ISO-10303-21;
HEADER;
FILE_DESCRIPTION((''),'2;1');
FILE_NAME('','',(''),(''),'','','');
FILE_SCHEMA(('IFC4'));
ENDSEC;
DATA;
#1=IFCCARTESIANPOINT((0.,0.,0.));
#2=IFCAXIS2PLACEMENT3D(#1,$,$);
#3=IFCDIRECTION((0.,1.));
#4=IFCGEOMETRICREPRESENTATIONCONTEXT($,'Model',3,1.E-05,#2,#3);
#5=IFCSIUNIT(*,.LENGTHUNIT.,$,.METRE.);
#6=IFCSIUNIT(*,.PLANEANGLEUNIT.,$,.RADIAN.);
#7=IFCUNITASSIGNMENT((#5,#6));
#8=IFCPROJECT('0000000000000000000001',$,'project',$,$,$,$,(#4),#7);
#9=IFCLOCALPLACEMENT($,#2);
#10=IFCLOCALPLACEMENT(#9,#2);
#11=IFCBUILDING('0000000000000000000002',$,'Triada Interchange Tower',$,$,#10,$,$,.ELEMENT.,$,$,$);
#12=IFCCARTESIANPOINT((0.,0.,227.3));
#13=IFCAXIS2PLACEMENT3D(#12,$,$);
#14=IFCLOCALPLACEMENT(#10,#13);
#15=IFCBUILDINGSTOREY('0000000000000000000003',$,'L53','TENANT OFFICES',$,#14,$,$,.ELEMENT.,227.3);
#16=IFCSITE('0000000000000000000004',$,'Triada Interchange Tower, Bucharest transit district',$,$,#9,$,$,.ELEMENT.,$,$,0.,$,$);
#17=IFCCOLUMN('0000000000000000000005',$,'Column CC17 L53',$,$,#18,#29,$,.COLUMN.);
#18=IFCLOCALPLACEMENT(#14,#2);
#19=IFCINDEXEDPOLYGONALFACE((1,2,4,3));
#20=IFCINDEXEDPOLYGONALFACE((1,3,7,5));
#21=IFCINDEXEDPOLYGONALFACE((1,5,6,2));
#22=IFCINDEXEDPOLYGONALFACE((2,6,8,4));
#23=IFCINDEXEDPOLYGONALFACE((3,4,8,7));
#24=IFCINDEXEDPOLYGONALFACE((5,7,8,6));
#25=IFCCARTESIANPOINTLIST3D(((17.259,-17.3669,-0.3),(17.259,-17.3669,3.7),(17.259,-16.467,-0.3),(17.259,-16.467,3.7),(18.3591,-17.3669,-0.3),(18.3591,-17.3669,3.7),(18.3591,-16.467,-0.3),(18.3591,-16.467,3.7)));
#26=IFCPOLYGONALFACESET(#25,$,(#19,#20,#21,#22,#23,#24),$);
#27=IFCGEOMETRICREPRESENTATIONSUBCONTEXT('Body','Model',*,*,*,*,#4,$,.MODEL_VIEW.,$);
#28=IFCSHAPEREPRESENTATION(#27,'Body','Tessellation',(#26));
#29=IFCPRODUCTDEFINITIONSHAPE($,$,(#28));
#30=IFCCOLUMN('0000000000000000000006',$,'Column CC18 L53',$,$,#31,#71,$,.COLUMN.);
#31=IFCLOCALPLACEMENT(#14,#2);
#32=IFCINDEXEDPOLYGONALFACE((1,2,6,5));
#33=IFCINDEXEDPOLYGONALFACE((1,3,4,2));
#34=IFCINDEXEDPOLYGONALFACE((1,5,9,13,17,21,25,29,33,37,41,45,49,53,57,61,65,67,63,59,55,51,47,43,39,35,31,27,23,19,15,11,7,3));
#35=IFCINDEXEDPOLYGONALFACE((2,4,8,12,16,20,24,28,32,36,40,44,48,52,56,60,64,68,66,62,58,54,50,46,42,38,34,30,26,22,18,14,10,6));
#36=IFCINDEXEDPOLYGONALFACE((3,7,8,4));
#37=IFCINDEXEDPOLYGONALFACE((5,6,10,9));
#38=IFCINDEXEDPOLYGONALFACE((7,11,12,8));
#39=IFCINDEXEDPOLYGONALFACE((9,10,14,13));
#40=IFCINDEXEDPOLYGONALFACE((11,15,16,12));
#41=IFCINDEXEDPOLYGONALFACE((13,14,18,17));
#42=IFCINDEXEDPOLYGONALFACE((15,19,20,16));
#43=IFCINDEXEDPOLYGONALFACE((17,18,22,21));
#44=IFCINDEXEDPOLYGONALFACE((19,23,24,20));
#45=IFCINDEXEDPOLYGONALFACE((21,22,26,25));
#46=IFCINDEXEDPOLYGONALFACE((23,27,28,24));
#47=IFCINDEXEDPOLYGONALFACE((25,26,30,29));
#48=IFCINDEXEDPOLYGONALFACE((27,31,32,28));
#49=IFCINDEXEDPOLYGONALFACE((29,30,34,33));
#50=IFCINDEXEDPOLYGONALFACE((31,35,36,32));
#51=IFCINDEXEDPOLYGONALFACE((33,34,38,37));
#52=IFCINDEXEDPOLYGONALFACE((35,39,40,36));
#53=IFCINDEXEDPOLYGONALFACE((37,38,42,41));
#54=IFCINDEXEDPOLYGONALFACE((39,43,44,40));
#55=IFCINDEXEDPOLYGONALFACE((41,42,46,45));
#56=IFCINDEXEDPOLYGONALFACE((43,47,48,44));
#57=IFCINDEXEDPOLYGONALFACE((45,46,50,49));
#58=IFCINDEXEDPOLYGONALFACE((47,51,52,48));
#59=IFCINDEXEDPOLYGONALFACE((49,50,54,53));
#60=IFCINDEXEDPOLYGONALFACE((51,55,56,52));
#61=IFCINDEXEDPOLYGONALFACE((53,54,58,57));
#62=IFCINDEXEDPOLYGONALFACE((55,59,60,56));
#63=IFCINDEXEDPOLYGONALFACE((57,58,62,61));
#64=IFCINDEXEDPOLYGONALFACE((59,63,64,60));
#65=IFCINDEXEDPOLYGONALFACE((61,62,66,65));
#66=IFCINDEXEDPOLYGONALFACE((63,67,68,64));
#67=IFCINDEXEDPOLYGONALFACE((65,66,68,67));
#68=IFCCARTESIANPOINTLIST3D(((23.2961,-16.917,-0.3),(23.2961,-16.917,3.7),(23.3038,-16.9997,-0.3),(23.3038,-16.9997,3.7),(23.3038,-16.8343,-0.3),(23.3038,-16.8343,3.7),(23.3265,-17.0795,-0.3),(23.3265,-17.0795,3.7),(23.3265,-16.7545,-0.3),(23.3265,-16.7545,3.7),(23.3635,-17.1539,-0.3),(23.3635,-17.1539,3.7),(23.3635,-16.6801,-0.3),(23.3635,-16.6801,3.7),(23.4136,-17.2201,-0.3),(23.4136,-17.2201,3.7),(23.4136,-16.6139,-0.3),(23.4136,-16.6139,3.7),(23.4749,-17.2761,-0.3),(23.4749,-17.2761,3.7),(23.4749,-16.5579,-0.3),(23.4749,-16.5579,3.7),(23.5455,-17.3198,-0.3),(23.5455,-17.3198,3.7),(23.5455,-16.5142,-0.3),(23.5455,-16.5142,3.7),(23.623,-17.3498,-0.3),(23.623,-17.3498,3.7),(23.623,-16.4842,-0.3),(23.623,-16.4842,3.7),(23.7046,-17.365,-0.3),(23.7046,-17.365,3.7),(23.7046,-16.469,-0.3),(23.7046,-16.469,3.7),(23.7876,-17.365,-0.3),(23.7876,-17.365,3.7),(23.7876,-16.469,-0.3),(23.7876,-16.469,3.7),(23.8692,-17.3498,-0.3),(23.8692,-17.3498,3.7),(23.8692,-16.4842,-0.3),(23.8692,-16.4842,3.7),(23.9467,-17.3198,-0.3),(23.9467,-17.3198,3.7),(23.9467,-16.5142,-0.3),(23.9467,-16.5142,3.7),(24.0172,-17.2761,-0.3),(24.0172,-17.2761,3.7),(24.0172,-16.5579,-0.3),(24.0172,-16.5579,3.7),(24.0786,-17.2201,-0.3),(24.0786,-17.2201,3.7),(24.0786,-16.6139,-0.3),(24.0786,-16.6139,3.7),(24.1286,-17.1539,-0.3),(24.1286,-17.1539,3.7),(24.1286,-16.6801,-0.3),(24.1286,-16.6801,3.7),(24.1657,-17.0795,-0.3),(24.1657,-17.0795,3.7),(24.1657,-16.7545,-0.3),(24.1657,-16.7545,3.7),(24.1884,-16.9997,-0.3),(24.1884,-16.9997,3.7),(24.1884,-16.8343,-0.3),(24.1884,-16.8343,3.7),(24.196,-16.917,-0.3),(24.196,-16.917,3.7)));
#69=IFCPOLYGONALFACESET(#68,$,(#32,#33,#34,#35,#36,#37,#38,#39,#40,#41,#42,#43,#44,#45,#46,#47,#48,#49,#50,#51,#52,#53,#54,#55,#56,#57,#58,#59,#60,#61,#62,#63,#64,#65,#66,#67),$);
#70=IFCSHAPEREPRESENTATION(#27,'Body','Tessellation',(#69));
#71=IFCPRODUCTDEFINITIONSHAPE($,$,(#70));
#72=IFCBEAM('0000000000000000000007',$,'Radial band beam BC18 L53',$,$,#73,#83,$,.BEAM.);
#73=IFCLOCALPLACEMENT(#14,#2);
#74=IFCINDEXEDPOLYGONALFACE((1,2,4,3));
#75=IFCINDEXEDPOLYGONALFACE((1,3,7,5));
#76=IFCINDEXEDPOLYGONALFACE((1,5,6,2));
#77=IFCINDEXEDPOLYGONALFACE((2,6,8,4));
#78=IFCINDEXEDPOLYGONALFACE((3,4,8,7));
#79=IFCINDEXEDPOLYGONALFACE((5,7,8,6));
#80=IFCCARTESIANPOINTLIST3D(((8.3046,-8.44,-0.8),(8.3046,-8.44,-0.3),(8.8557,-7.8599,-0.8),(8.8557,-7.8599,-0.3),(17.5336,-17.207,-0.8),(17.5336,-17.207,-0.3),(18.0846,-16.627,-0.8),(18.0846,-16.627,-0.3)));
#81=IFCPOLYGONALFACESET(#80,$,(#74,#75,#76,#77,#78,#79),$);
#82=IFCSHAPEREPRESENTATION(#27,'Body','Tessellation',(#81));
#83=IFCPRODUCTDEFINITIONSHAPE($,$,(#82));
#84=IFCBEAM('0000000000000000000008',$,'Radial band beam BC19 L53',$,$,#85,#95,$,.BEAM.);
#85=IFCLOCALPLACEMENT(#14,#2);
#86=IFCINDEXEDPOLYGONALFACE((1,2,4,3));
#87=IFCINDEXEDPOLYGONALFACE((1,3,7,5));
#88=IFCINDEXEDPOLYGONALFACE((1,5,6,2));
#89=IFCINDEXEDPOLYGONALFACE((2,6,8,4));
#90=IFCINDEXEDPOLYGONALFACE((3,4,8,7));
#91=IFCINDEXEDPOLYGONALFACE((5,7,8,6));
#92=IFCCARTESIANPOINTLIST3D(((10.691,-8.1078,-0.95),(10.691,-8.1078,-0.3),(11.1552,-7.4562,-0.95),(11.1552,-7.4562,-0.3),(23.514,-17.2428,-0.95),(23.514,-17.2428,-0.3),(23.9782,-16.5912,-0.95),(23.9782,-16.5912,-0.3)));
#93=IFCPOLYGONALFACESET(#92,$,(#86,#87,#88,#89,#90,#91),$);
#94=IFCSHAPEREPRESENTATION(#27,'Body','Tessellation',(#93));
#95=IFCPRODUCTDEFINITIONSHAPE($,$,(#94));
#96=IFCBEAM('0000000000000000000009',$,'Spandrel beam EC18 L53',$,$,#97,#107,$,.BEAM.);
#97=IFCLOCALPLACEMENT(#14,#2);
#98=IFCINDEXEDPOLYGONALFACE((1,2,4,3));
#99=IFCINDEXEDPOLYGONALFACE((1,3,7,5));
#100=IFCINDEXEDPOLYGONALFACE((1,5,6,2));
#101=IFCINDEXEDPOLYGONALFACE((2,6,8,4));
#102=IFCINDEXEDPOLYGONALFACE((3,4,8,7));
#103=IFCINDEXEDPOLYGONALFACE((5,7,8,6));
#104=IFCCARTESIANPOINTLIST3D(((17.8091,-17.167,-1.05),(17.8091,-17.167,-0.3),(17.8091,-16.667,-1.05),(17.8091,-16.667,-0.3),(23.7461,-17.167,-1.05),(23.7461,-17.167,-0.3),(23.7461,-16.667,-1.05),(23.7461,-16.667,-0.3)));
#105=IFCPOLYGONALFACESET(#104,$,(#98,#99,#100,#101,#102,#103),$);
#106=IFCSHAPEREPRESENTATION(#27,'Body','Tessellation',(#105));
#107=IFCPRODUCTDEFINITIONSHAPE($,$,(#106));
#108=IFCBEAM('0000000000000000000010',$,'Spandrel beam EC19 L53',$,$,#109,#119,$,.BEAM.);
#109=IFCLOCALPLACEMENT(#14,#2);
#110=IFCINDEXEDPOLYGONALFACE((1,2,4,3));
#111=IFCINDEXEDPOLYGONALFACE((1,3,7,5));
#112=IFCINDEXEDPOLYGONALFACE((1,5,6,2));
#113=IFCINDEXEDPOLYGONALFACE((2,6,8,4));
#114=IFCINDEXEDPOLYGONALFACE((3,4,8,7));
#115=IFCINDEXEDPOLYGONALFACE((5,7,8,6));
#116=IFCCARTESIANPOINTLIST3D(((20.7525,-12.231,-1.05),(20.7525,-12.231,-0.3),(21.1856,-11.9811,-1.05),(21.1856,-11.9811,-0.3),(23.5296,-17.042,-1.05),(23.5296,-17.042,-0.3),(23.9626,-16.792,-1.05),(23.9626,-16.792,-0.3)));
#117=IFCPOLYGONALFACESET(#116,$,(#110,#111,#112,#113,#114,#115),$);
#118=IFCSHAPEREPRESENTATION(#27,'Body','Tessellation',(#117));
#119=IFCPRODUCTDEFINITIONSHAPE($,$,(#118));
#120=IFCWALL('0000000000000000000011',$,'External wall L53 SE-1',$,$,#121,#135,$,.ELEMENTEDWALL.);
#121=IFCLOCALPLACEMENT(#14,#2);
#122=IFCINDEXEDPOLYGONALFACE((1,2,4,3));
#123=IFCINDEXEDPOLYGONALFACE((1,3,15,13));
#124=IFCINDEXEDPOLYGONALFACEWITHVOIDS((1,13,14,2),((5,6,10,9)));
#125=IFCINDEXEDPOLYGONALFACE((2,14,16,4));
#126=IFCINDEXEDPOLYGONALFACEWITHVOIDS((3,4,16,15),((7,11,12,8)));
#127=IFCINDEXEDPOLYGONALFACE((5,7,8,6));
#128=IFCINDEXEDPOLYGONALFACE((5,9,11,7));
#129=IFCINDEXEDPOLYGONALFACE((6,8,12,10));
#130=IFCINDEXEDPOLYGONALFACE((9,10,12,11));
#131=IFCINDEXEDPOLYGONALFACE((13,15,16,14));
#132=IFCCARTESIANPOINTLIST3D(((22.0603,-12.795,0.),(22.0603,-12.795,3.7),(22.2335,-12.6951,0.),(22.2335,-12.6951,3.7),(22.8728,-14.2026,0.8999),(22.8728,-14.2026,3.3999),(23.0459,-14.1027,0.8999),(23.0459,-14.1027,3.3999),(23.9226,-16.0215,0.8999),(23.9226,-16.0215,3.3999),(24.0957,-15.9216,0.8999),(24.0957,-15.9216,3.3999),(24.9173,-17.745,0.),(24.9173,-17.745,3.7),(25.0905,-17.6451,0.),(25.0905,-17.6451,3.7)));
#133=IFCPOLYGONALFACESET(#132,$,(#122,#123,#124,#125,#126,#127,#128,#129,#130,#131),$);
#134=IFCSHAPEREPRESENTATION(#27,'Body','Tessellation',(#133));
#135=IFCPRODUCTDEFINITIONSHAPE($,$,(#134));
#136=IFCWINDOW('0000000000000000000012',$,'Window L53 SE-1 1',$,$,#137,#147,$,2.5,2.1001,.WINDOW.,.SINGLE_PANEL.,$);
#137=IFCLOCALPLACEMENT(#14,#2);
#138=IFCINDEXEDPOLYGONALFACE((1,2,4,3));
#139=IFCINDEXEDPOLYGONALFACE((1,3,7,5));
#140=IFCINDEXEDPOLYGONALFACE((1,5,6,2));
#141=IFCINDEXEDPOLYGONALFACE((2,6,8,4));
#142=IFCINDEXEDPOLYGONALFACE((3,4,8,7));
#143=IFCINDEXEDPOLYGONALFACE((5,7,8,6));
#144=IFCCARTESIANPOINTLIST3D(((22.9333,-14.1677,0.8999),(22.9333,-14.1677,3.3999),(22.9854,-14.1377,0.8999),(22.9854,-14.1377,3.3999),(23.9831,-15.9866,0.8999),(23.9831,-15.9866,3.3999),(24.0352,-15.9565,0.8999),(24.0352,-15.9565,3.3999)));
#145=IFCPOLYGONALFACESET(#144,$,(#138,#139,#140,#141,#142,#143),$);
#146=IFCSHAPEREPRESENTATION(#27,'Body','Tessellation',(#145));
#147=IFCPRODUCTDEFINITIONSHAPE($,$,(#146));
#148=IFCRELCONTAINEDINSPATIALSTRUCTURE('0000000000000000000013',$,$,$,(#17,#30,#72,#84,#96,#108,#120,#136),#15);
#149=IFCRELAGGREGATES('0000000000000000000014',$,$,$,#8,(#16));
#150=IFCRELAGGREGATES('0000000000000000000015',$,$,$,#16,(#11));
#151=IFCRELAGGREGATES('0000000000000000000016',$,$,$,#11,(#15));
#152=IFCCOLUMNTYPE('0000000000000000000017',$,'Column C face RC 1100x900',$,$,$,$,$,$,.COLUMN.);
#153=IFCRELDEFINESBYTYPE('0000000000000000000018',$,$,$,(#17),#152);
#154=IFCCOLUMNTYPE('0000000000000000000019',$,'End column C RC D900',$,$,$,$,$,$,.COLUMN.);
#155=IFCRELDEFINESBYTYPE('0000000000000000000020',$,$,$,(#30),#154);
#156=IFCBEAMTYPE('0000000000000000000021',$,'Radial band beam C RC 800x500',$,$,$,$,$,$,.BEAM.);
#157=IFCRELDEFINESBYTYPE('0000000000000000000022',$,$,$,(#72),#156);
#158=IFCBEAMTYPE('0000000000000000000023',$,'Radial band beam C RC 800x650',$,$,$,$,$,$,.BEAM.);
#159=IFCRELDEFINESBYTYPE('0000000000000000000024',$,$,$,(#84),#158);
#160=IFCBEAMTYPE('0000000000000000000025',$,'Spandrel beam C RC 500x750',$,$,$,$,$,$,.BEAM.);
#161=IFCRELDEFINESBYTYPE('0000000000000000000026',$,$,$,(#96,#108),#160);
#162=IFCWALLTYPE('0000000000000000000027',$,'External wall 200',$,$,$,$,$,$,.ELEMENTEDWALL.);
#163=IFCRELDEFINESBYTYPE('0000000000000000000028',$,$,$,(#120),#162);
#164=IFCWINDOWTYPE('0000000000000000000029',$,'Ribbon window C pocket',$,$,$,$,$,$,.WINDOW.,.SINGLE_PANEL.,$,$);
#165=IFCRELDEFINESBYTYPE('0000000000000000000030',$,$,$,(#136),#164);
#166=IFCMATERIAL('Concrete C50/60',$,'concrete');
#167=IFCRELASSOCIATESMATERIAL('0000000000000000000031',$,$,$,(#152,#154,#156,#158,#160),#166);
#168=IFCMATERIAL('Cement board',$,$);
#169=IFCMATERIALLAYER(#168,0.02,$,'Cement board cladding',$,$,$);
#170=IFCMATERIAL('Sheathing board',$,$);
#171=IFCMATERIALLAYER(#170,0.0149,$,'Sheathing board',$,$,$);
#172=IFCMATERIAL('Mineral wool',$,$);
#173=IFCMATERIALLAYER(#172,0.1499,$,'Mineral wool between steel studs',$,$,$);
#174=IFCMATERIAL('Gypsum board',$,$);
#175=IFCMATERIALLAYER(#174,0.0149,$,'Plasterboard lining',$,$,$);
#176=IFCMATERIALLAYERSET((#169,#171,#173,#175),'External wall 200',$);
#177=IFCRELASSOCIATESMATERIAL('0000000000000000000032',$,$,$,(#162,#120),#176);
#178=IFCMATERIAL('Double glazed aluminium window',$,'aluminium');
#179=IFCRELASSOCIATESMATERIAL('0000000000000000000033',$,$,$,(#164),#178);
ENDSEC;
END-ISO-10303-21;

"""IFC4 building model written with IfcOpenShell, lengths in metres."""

from ifc_helpers import new_model, si_unit, direction, frame, frame_2d, origin, origin_2d, place, context, subcontext, project, spatial, rectangle, circle, extrude, material, layer, layer_set, layer_usage, material_profile, profile_set, type_object, element, fill, save


model = new_model("IFC4")

# Units and contexts
model_context = context("Model", 3, precision=1e-05, world=origin(), true_north=direction((0.0, 1.0)))
body_context = subcontext(model_context, "Body", "Model", "MODEL_VIEW")
ifc_project = project(units=[si_unit("LENGTHUNIT", "METRE"), si_unit("PLANEANGLEUNIT", "RADIAN")], contexts=[model_context])

# Site, building, storey
site_placement = place(None, origin())
site = spatial("IfcSite", under=ifc_project, at=site_placement, Name="Triada Interchange Tower, Bucharest transit district", CompositionType="ELEMENT", RefElevation=0.0)
building_placement = place(site_placement, origin())
building = spatial("IfcBuilding", under=site, at=building_placement, Name="Triada Interchange Tower", CompositionType="ELEMENT")
storey_placement = place(building_placement, frame((0.0, 0.0, 227.3)))
storey = spatial("IfcBuildingStorey", under=building, at=storey_placement, Name="L53", Description="TENANT OFFICES", CompositionType="ELEMENT", Elevation=227.3)

# Columns
ifc_material_1 = material(Name="Concrete C50/60", Category="concrete")
ifc_material_profile_1 = material_profile(ifc_material_1, rectangle(XDim=1.1001, YDim=0.8999, at=origin_2d()), Name="RC 1100x900")
ifc_profile_set_1 = profile_set([ifc_material_profile_1], Name="Concrete C50/60")
column_type_1 = type_object("IfcColumnType", Name="Column C face RC 1100x900", PredefinedType="COLUMN", material=ifc_profile_set_1)
column_1_placement = place(storey_placement, frame((17.8091, -16.917, -0.3), z_axis=(0.0, 0.0, 1.0), x_axis=(1.0, 0.0, 0.0)))
element("IfcColumn", 1, at=column_1_placement, inside=storey, type_object=column_type_1, Name="Column CC17 L53", PredefinedType="COLUMN", context=body_context, shape_type="SweptSolid", body=[
    extrude(rectangle(XDim=1.1001, YDim=0.8999, at=origin_2d()), origin(), (0.0, 0.0, 1.0), 4.0),
])
ifc_material_profile_2 = material_profile(ifc_material_1, circle(Radius=0.45, at=origin_2d()), Name="RC D900")
ifc_profile_set_2 = profile_set([ifc_material_profile_2], Name="Concrete C50/60")
column_type_2 = type_object("IfcColumnType", Name="End column C RC D900", PredefinedType="COLUMN", material=ifc_profile_set_2)
column_2_placement = place(storey_placement, frame((23.7461, -16.917, -0.3), z_axis=(0.0, 0.0, 1.0), x_axis=(1.0, 0.0, 0.0)))
element("IfcColumn", 2, at=column_2_placement, inside=storey, type_object=column_type_2, Name="Column CC18 L53", PredefinedType="COLUMN", context=body_context, shape_type="SweptSolid", body=[
    extrude(circle(Radius=0.45, at=origin_2d()), origin(), (0.0, 0.0, 1.0), 4.0),
])

# Beams
ifc_material_profile_3 = material_profile(ifc_material_1, rectangle(XDim=0.8, YDim=0.5, at=origin_2d()), Name="RC 800x500")
ifc_profile_set_3 = profile_set([ifc_material_profile_3], Name="Concrete C50/60")
beam_type_1 = type_object("IfcBeamType", Name="Radial band beam C RC 800x500", PredefinedType="BEAM", material=ifc_profile_set_3)
beam_1_placement = place(storey_placement, frame((17.8091, -16.917, -0.55), z_axis=(-0.725018, 0.68873, 0.0), x_axis=(-0.68873, -0.725018, 0.0)))
element("IfcBeam", 3, at=beam_1_placement, inside=storey, type_object=beam_type_1, Name="Radial band beam BC18 L53", PredefinedType="BEAM", context=body_context, shape_type="SweptSolid", body=[
    extrude(rectangle(XDim=0.8, YDim=0.5, at=origin_2d()), origin(), (0.0, 0.0, 1.0), 12.7292),
])
ifc_material_profile_4 = material_profile(ifc_material_1, rectangle(XDim=0.8, YDim=0.6499, at=origin_2d()), Name="RC 800x650")
ifc_profile_set_4 = profile_set([ifc_material_profile_4], Name="Concrete C50/60")
beam_type_2 = type_object("IfcBeamType", Name="Radial band beam C RC 800x650", PredefinedType="BEAM", material=ifc_profile_set_4)
beam_2_placement = place(storey_placement, frame((23.7461, -16.917, -0.625), z_axis=(-0.814462, 0.580217, 0.0), x_axis=(-0.580217, -0.814462, 0.0)))
element("IfcBeam", 4, at=beam_2_placement, inside=storey, type_object=beam_type_2, Name="Radial band beam BC19 L53", PredefinedType="BEAM", context=body_context, shape_type="SweptSolid", body=[
    extrude(rectangle(XDim=0.8, YDim=0.6499, at=origin_2d()), origin(), (0.0, 0.0, 1.0), 15.7441),
])
ifc_material_profile_5 = material_profile(ifc_material_1, rectangle(XDim=0.5, YDim=0.75, at=origin_2d()), Name="RC 500x750")
ifc_profile_set_5 = profile_set([ifc_material_profile_5], Name="Concrete C50/60")
beam_type_3 = type_object("IfcBeamType", Name="Spandrel beam C RC 500x750", PredefinedType="BEAM", material=ifc_profile_set_5)
beam_3_placement = place(storey_placement, frame((17.8091, -16.917, -0.675), z_axis=(1.0, 0.0, 0.0), x_axis=(0.0, 1.0, 0.0)))
element("IfcBeam", 5, at=beam_3_placement, inside=storey, type_object=beam_type_3, Name="Spandrel beam EC18 L53", PredefinedType="BEAM", context=body_context, shape_type="SweptSolid", body=[
    extrude(rectangle(XDim=0.5, YDim=0.75, at=origin_2d()), origin(), (0.0, 0.0, 1.0), 5.937),
])
beam_4_placement = place(storey_placement, frame((23.7461, -16.917, -0.675), z_axis=(-0.499925, 0.866068, 0.0), x_axis=(-0.866068, -0.499925, 0.0)))
element("IfcBeam", 6, at=beam_4_placement, inside=storey, type_object=beam_type_3, Name="Spandrel beam EC19 L53", PredefinedType="BEAM", context=body_context, shape_type="SweptSolid", body=[
    extrude(rectangle(XDim=0.5, YDim=0.75, at=origin_2d()), origin(), (0.0, 0.0, 1.0), 5.5549),
])

# Wall, opening, window
ifc_material_2 = material(Name="Cement board")
ifc_layer_1 = layer(ifc_material_2, 0.02, Name="Cement board cladding")
ifc_material_3 = material(Name="Sheathing board")
ifc_layer_2 = layer(ifc_material_3, 0.0149, Name="Sheathing board")
ifc_material_4 = material(Name="Mineral wool")
ifc_layer_3 = layer(ifc_material_4, 0.1499, Name="Mineral wool between steel studs")
ifc_material_5 = material(Name="Gypsum board")
ifc_layer_4 = layer(ifc_material_5, 0.0149, Name="Plasterboard lining")
ifc_layer_set_1 = layer_set([ifc_layer_1, ifc_layer_2, ifc_layer_3, ifc_layer_4], Name="External wall 200")
ifc_layer_usage = layer_usage(ifc_layer_set_1, "AXIS2", "POSITIVE", -0.1001)
wall_type_1 = type_object("IfcWallType", Name="External wall 200", PredefinedType="ELEMENTEDWALL", material=ifc_layer_set_1)
wall_1_placement = place(storey_placement, frame((25.0039, -17.6951, 0.0), z_axis=(0.0, 0.0, 1.0), x_axis=(-0.499879, 0.866095, 0.0)))
wall_1 = element("IfcWall", 7, at=wall_1_placement, inside=storey, type_object=wall_type_1, material=ifc_layer_usage, Name="External wall L53 SE-1", PredefinedType="ELEMENTEDWALL", context=body_context, shape_type="SweptSolid", body=[
    extrude(rectangle(XDim=5.7153, YDim=0.2, at=frame_2d((2.8577, 0.0))), origin(), (0.0, 0.0, 1.0), 3.7),
])
opening_1_placement = place(wall_1_placement, frame((1.99, 0.0, 0.8999)))
opening_1 = element("IfcOpeningElement", 8, at=opening_1_placement, cuts=wall_1, PredefinedType="OPENING", context=body_context, shape_type="SweptSolid", body=[
    extrude(rectangle(XDim=2.1001, YDim=2.5, at=frame_2d((1.05, 1.25))), frame((0.0, 0.1099, 0.0), z_axis=(0.0, -1.0, 0.0), x_axis=(1.0, 0.0, 0.0)), (0.0, 0.0, 1.0), 0.22),
])
ifc_material_6 = material(Name="Double glazed aluminium window", Category="aluminium")
window_type_1 = type_object("IfcWindowType", Name="Ribbon window C pocket", PartitioningType="SINGLE_PANEL", PredefinedType="WINDOW", material=ifc_material_6)
window_1_placement = place(opening_1_placement, origin())
window_1 = element("IfcWindow", 9, at=window_1_placement, inside=storey, type_object=window_type_1, Name="Window L53 SE-1 1", OverallHeight=2.5, OverallWidth=2.1001, PartitioningType="SINGLE_PANEL", PredefinedType="WINDOW", context=body_context, shape_type="SweptSolid", body=[
    extrude(rectangle(XDim=2.1001, YDim=2.5, at=frame_2d((1.05, 1.25))), frame((0.0, 0.03, 0.0), z_axis=(0.0, -1.0, 0.0), x_axis=(1.0, 0.0, 0.0)), (0.0, 0.0, 1.0), 0.0601),
])
fill(opening_1, window_1)

save(model, "model.ifc")
